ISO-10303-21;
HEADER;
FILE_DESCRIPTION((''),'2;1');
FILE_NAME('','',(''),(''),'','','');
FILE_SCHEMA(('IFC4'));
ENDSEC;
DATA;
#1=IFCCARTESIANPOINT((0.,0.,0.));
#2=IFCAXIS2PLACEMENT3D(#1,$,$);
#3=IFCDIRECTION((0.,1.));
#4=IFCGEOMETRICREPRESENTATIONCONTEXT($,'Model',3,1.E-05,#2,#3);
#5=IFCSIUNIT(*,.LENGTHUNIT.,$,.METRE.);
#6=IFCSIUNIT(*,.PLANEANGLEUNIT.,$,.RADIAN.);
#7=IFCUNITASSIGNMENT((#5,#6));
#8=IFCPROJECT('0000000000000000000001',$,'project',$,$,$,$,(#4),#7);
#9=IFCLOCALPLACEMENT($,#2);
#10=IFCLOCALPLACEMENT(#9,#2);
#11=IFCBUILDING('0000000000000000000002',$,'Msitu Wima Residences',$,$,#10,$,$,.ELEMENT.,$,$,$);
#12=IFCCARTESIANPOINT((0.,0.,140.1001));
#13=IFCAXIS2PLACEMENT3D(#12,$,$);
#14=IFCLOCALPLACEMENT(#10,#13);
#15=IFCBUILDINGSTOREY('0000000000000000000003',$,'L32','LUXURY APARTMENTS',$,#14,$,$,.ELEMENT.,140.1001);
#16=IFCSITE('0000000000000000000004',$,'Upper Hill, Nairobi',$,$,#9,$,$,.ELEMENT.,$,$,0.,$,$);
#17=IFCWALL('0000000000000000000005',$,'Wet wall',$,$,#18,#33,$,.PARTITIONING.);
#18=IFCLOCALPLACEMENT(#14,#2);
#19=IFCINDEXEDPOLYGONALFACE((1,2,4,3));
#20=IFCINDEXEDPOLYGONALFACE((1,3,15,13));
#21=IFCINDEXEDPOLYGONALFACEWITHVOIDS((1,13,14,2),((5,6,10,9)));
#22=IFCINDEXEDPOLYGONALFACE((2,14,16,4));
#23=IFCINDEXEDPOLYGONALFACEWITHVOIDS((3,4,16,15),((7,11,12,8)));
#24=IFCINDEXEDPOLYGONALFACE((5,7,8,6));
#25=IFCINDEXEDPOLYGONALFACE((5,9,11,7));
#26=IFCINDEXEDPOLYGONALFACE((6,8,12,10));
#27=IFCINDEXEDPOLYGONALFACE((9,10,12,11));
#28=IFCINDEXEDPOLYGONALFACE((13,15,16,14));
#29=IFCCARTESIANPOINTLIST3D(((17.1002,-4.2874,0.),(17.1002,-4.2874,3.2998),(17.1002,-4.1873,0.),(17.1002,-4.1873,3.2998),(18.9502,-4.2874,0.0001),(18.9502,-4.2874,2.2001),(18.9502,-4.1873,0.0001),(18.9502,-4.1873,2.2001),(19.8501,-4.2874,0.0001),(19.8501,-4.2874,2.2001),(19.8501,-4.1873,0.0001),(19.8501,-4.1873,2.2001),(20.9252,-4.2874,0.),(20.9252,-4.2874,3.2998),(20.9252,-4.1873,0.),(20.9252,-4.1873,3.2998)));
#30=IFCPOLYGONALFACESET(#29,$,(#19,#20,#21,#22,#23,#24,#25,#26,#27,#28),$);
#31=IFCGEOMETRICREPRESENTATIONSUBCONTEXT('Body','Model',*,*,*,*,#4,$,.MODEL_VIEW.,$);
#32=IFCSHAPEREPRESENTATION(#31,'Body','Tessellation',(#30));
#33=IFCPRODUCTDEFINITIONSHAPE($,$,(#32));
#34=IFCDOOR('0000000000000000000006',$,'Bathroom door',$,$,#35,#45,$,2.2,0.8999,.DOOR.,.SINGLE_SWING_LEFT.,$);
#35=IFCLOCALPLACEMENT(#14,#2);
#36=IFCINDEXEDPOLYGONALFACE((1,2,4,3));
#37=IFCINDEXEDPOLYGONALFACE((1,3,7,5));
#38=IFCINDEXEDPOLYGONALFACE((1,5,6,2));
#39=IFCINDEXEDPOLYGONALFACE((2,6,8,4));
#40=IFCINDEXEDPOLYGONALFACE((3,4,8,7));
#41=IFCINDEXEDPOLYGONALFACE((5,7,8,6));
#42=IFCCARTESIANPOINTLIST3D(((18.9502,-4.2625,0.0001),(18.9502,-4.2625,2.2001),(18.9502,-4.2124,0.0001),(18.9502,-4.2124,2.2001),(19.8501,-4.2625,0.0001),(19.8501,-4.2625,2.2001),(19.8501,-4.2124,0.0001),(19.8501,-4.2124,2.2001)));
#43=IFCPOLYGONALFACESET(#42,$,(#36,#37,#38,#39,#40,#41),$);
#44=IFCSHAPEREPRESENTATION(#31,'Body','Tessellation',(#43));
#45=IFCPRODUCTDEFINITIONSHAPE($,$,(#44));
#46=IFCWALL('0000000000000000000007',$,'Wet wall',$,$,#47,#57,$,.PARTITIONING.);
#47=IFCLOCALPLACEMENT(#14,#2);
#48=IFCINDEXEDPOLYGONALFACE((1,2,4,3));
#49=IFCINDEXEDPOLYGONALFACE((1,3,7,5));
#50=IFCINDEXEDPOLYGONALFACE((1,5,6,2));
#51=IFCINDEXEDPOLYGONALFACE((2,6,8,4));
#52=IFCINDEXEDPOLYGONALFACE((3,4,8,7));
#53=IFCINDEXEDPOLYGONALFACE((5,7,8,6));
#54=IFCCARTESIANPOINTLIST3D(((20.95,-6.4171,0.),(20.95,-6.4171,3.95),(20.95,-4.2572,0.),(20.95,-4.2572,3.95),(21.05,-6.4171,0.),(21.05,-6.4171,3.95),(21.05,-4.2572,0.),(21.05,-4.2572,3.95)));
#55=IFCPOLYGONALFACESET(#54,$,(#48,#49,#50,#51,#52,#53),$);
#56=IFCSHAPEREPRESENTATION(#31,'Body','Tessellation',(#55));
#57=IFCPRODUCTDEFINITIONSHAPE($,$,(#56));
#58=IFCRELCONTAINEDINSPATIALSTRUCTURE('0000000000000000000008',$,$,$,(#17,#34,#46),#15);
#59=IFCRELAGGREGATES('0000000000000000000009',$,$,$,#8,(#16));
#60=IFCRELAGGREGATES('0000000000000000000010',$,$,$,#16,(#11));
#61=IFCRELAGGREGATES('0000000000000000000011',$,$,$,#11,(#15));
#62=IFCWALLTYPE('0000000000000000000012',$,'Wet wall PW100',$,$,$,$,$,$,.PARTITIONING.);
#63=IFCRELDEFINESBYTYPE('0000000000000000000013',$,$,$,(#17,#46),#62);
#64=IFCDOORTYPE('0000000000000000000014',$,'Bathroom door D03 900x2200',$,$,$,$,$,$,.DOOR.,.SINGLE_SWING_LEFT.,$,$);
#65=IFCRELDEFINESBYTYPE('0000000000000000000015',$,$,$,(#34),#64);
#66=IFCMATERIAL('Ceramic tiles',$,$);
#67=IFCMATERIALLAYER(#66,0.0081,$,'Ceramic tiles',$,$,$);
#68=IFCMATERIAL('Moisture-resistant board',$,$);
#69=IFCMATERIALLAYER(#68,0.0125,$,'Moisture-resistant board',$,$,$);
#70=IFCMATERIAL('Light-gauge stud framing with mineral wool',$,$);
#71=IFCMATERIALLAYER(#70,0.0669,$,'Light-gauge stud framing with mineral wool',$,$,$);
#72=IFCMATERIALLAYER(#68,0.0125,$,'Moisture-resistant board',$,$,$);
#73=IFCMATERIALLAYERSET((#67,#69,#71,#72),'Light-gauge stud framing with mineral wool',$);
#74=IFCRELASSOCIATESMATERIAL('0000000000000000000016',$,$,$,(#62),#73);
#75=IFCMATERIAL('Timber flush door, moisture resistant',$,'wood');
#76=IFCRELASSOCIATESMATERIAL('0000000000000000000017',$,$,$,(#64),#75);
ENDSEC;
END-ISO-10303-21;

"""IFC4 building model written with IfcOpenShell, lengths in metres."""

from ifc_helpers import new_model, si_unit, direction, frame, frame_2d, origin, place, context, subcontext, project, spatial, rectangle, extrude, material, layer, layer_set, type_object, element, fill, save


model = new_model("IFC4")

# Units and contexts
model_context = context("Model", 3, precision=1e-05, world=origin(), true_north=direction((0.0, 1.0)))
body_context = subcontext(model_context, "Body", "Model", "MODEL_VIEW")
ifc_project = project(units=[si_unit("LENGTHUNIT", "METRE"), si_unit("PLANEANGLEUNIT", "RADIAN")], contexts=[model_context])

# Site, building, storey
site_placement = place(None, origin())
site = spatial("IfcSite", under=ifc_project, at=site_placement, Name="Upper Hill, Nairobi", CompositionType="ELEMENT", RefElevation=0.0)
building_placement = place(site_placement, origin())
building = spatial("IfcBuilding", under=site, at=building_placement, Name="Msitu Wima Residences", CompositionType="ELEMENT")
storey_placement = place(building_placement, frame((0.0, 0.0, 140.1001)))
storey = spatial("IfcBuildingStorey", under=building, at=storey_placement, Name="L32", Description="LUXURY APARTMENTS", CompositionType="ELEMENT", Elevation=140.1001)

# Shared definitions
ifc_material_1 = material(Name="Ceramic tiles")
ifc_layer_1 = layer(ifc_material_1, 0.0081, Name="Ceramic tiles")
ifc_material_2 = material(Name="Moisture-resistant board")
ifc_layer_2 = layer(ifc_material_2, 0.0125, Name="Moisture-resistant board")
ifc_material_3 = material(Name="Light-gauge stud framing with mineral wool")
ifc_layer_3 = layer(ifc_material_3, 0.0669, Name="Light-gauge stud framing with mineral wool")
ifc_layer_4 = layer(ifc_material_2, 0.0125, Name="Moisture-resistant board")
ifc_layer_set_1 = layer_set([ifc_layer_1, ifc_layer_2, ifc_layer_3, ifc_layer_4], Name="Light-gauge stud framing with mineral wool")
wall_type_1 = type_object("IfcWallType", Name="Wet wall PW100", PredefinedType="PARTITIONING", material=ifc_layer_set_1)

# Wall, opening, door
wall_1_placement = place(storey_placement, frame((17.1001, -4.2373, 0.0), z_axis=(0.0, 0.0, 1.0), x_axis=(1.0, 0.0, 0.0)))
wall_1 = element("IfcWall", 1, at=wall_1_placement, inside=storey, type_object=wall_type_1, Name="Wet wall", PredefinedType="PARTITIONING", context=body_context, shape_type="SweptSolid", body=[
    extrude(rectangle(XDim=3.825, YDim=0.1001, at=frame_2d((1.9126, 0.0))), origin(), (0.0, 0.0, 1.0), 3.2998),
])
opening_1_placement = place(wall_1_placement, frame((1.8501, 0.0, 0.0)))
opening_1 = element("IfcOpeningElement", 2, at=opening_1_placement, cuts=wall_1, PredefinedType="OPENING", context=body_context, shape_type="SweptSolid", body=[
    extrude(rectangle(XDim=0.8999, YDim=2.2, at=frame_2d((0.45, 1.1001))), frame((0.0, 0.0601, 0.0), z_axis=(0.0, -1.0, 0.0), x_axis=(1.0, 0.0, 0.0)), (0.0, 0.0, 1.0), 0.1201),
])
ifc_material_4 = material(Name="Timber flush door, moisture resistant", Category="wood")
door_type_1 = type_object("IfcDoorType", Name="Bathroom door D03 900x2200", OperationType="SINGLE_SWING_LEFT", PredefinedType="DOOR", material=ifc_material_4)
door_1_placement = place(opening_1_placement, origin())
door_1 = element("IfcDoor", 3, at=door_1_placement, inside=storey, type_object=door_type_1, Name="Bathroom door", OperationType="SINGLE_SWING_LEFT", OverallHeight=2.2, OverallWidth=0.8999, PredefinedType="DOOR", context=body_context, shape_type="SweptSolid", body=[
    extrude(rectangle(XDim=0.8999, YDim=2.2, at=frame_2d((0.45, 1.1001))), frame((0.0, 0.0249, 0.0), z_axis=(0.0, -1.0, 0.0), x_axis=(1.0, 0.0, 0.0)), (0.0, 0.0, 1.0), 0.05),
])
fill(opening_1, door_1)

# Wall
wall_2_placement = place(storey_placement, frame((21.0, -6.4172, 0.0), z_axis=(0.0, 0.0, 1.0), x_axis=(0.0, 1.0, 0.0)))
element("IfcWall", 4, at=wall_2_placement, inside=storey, type_object=wall_type_1, Name="Wet wall", PredefinedType="PARTITIONING", context=body_context, shape_type="SweptSolid", body=[
    extrude(rectangle(XDim=2.1599, YDim=0.1001, at=frame_2d((1.0801, 0.0))), origin(), (0.0, 0.0, 1.0), 3.95),
])

save(model, "model.ifc")
